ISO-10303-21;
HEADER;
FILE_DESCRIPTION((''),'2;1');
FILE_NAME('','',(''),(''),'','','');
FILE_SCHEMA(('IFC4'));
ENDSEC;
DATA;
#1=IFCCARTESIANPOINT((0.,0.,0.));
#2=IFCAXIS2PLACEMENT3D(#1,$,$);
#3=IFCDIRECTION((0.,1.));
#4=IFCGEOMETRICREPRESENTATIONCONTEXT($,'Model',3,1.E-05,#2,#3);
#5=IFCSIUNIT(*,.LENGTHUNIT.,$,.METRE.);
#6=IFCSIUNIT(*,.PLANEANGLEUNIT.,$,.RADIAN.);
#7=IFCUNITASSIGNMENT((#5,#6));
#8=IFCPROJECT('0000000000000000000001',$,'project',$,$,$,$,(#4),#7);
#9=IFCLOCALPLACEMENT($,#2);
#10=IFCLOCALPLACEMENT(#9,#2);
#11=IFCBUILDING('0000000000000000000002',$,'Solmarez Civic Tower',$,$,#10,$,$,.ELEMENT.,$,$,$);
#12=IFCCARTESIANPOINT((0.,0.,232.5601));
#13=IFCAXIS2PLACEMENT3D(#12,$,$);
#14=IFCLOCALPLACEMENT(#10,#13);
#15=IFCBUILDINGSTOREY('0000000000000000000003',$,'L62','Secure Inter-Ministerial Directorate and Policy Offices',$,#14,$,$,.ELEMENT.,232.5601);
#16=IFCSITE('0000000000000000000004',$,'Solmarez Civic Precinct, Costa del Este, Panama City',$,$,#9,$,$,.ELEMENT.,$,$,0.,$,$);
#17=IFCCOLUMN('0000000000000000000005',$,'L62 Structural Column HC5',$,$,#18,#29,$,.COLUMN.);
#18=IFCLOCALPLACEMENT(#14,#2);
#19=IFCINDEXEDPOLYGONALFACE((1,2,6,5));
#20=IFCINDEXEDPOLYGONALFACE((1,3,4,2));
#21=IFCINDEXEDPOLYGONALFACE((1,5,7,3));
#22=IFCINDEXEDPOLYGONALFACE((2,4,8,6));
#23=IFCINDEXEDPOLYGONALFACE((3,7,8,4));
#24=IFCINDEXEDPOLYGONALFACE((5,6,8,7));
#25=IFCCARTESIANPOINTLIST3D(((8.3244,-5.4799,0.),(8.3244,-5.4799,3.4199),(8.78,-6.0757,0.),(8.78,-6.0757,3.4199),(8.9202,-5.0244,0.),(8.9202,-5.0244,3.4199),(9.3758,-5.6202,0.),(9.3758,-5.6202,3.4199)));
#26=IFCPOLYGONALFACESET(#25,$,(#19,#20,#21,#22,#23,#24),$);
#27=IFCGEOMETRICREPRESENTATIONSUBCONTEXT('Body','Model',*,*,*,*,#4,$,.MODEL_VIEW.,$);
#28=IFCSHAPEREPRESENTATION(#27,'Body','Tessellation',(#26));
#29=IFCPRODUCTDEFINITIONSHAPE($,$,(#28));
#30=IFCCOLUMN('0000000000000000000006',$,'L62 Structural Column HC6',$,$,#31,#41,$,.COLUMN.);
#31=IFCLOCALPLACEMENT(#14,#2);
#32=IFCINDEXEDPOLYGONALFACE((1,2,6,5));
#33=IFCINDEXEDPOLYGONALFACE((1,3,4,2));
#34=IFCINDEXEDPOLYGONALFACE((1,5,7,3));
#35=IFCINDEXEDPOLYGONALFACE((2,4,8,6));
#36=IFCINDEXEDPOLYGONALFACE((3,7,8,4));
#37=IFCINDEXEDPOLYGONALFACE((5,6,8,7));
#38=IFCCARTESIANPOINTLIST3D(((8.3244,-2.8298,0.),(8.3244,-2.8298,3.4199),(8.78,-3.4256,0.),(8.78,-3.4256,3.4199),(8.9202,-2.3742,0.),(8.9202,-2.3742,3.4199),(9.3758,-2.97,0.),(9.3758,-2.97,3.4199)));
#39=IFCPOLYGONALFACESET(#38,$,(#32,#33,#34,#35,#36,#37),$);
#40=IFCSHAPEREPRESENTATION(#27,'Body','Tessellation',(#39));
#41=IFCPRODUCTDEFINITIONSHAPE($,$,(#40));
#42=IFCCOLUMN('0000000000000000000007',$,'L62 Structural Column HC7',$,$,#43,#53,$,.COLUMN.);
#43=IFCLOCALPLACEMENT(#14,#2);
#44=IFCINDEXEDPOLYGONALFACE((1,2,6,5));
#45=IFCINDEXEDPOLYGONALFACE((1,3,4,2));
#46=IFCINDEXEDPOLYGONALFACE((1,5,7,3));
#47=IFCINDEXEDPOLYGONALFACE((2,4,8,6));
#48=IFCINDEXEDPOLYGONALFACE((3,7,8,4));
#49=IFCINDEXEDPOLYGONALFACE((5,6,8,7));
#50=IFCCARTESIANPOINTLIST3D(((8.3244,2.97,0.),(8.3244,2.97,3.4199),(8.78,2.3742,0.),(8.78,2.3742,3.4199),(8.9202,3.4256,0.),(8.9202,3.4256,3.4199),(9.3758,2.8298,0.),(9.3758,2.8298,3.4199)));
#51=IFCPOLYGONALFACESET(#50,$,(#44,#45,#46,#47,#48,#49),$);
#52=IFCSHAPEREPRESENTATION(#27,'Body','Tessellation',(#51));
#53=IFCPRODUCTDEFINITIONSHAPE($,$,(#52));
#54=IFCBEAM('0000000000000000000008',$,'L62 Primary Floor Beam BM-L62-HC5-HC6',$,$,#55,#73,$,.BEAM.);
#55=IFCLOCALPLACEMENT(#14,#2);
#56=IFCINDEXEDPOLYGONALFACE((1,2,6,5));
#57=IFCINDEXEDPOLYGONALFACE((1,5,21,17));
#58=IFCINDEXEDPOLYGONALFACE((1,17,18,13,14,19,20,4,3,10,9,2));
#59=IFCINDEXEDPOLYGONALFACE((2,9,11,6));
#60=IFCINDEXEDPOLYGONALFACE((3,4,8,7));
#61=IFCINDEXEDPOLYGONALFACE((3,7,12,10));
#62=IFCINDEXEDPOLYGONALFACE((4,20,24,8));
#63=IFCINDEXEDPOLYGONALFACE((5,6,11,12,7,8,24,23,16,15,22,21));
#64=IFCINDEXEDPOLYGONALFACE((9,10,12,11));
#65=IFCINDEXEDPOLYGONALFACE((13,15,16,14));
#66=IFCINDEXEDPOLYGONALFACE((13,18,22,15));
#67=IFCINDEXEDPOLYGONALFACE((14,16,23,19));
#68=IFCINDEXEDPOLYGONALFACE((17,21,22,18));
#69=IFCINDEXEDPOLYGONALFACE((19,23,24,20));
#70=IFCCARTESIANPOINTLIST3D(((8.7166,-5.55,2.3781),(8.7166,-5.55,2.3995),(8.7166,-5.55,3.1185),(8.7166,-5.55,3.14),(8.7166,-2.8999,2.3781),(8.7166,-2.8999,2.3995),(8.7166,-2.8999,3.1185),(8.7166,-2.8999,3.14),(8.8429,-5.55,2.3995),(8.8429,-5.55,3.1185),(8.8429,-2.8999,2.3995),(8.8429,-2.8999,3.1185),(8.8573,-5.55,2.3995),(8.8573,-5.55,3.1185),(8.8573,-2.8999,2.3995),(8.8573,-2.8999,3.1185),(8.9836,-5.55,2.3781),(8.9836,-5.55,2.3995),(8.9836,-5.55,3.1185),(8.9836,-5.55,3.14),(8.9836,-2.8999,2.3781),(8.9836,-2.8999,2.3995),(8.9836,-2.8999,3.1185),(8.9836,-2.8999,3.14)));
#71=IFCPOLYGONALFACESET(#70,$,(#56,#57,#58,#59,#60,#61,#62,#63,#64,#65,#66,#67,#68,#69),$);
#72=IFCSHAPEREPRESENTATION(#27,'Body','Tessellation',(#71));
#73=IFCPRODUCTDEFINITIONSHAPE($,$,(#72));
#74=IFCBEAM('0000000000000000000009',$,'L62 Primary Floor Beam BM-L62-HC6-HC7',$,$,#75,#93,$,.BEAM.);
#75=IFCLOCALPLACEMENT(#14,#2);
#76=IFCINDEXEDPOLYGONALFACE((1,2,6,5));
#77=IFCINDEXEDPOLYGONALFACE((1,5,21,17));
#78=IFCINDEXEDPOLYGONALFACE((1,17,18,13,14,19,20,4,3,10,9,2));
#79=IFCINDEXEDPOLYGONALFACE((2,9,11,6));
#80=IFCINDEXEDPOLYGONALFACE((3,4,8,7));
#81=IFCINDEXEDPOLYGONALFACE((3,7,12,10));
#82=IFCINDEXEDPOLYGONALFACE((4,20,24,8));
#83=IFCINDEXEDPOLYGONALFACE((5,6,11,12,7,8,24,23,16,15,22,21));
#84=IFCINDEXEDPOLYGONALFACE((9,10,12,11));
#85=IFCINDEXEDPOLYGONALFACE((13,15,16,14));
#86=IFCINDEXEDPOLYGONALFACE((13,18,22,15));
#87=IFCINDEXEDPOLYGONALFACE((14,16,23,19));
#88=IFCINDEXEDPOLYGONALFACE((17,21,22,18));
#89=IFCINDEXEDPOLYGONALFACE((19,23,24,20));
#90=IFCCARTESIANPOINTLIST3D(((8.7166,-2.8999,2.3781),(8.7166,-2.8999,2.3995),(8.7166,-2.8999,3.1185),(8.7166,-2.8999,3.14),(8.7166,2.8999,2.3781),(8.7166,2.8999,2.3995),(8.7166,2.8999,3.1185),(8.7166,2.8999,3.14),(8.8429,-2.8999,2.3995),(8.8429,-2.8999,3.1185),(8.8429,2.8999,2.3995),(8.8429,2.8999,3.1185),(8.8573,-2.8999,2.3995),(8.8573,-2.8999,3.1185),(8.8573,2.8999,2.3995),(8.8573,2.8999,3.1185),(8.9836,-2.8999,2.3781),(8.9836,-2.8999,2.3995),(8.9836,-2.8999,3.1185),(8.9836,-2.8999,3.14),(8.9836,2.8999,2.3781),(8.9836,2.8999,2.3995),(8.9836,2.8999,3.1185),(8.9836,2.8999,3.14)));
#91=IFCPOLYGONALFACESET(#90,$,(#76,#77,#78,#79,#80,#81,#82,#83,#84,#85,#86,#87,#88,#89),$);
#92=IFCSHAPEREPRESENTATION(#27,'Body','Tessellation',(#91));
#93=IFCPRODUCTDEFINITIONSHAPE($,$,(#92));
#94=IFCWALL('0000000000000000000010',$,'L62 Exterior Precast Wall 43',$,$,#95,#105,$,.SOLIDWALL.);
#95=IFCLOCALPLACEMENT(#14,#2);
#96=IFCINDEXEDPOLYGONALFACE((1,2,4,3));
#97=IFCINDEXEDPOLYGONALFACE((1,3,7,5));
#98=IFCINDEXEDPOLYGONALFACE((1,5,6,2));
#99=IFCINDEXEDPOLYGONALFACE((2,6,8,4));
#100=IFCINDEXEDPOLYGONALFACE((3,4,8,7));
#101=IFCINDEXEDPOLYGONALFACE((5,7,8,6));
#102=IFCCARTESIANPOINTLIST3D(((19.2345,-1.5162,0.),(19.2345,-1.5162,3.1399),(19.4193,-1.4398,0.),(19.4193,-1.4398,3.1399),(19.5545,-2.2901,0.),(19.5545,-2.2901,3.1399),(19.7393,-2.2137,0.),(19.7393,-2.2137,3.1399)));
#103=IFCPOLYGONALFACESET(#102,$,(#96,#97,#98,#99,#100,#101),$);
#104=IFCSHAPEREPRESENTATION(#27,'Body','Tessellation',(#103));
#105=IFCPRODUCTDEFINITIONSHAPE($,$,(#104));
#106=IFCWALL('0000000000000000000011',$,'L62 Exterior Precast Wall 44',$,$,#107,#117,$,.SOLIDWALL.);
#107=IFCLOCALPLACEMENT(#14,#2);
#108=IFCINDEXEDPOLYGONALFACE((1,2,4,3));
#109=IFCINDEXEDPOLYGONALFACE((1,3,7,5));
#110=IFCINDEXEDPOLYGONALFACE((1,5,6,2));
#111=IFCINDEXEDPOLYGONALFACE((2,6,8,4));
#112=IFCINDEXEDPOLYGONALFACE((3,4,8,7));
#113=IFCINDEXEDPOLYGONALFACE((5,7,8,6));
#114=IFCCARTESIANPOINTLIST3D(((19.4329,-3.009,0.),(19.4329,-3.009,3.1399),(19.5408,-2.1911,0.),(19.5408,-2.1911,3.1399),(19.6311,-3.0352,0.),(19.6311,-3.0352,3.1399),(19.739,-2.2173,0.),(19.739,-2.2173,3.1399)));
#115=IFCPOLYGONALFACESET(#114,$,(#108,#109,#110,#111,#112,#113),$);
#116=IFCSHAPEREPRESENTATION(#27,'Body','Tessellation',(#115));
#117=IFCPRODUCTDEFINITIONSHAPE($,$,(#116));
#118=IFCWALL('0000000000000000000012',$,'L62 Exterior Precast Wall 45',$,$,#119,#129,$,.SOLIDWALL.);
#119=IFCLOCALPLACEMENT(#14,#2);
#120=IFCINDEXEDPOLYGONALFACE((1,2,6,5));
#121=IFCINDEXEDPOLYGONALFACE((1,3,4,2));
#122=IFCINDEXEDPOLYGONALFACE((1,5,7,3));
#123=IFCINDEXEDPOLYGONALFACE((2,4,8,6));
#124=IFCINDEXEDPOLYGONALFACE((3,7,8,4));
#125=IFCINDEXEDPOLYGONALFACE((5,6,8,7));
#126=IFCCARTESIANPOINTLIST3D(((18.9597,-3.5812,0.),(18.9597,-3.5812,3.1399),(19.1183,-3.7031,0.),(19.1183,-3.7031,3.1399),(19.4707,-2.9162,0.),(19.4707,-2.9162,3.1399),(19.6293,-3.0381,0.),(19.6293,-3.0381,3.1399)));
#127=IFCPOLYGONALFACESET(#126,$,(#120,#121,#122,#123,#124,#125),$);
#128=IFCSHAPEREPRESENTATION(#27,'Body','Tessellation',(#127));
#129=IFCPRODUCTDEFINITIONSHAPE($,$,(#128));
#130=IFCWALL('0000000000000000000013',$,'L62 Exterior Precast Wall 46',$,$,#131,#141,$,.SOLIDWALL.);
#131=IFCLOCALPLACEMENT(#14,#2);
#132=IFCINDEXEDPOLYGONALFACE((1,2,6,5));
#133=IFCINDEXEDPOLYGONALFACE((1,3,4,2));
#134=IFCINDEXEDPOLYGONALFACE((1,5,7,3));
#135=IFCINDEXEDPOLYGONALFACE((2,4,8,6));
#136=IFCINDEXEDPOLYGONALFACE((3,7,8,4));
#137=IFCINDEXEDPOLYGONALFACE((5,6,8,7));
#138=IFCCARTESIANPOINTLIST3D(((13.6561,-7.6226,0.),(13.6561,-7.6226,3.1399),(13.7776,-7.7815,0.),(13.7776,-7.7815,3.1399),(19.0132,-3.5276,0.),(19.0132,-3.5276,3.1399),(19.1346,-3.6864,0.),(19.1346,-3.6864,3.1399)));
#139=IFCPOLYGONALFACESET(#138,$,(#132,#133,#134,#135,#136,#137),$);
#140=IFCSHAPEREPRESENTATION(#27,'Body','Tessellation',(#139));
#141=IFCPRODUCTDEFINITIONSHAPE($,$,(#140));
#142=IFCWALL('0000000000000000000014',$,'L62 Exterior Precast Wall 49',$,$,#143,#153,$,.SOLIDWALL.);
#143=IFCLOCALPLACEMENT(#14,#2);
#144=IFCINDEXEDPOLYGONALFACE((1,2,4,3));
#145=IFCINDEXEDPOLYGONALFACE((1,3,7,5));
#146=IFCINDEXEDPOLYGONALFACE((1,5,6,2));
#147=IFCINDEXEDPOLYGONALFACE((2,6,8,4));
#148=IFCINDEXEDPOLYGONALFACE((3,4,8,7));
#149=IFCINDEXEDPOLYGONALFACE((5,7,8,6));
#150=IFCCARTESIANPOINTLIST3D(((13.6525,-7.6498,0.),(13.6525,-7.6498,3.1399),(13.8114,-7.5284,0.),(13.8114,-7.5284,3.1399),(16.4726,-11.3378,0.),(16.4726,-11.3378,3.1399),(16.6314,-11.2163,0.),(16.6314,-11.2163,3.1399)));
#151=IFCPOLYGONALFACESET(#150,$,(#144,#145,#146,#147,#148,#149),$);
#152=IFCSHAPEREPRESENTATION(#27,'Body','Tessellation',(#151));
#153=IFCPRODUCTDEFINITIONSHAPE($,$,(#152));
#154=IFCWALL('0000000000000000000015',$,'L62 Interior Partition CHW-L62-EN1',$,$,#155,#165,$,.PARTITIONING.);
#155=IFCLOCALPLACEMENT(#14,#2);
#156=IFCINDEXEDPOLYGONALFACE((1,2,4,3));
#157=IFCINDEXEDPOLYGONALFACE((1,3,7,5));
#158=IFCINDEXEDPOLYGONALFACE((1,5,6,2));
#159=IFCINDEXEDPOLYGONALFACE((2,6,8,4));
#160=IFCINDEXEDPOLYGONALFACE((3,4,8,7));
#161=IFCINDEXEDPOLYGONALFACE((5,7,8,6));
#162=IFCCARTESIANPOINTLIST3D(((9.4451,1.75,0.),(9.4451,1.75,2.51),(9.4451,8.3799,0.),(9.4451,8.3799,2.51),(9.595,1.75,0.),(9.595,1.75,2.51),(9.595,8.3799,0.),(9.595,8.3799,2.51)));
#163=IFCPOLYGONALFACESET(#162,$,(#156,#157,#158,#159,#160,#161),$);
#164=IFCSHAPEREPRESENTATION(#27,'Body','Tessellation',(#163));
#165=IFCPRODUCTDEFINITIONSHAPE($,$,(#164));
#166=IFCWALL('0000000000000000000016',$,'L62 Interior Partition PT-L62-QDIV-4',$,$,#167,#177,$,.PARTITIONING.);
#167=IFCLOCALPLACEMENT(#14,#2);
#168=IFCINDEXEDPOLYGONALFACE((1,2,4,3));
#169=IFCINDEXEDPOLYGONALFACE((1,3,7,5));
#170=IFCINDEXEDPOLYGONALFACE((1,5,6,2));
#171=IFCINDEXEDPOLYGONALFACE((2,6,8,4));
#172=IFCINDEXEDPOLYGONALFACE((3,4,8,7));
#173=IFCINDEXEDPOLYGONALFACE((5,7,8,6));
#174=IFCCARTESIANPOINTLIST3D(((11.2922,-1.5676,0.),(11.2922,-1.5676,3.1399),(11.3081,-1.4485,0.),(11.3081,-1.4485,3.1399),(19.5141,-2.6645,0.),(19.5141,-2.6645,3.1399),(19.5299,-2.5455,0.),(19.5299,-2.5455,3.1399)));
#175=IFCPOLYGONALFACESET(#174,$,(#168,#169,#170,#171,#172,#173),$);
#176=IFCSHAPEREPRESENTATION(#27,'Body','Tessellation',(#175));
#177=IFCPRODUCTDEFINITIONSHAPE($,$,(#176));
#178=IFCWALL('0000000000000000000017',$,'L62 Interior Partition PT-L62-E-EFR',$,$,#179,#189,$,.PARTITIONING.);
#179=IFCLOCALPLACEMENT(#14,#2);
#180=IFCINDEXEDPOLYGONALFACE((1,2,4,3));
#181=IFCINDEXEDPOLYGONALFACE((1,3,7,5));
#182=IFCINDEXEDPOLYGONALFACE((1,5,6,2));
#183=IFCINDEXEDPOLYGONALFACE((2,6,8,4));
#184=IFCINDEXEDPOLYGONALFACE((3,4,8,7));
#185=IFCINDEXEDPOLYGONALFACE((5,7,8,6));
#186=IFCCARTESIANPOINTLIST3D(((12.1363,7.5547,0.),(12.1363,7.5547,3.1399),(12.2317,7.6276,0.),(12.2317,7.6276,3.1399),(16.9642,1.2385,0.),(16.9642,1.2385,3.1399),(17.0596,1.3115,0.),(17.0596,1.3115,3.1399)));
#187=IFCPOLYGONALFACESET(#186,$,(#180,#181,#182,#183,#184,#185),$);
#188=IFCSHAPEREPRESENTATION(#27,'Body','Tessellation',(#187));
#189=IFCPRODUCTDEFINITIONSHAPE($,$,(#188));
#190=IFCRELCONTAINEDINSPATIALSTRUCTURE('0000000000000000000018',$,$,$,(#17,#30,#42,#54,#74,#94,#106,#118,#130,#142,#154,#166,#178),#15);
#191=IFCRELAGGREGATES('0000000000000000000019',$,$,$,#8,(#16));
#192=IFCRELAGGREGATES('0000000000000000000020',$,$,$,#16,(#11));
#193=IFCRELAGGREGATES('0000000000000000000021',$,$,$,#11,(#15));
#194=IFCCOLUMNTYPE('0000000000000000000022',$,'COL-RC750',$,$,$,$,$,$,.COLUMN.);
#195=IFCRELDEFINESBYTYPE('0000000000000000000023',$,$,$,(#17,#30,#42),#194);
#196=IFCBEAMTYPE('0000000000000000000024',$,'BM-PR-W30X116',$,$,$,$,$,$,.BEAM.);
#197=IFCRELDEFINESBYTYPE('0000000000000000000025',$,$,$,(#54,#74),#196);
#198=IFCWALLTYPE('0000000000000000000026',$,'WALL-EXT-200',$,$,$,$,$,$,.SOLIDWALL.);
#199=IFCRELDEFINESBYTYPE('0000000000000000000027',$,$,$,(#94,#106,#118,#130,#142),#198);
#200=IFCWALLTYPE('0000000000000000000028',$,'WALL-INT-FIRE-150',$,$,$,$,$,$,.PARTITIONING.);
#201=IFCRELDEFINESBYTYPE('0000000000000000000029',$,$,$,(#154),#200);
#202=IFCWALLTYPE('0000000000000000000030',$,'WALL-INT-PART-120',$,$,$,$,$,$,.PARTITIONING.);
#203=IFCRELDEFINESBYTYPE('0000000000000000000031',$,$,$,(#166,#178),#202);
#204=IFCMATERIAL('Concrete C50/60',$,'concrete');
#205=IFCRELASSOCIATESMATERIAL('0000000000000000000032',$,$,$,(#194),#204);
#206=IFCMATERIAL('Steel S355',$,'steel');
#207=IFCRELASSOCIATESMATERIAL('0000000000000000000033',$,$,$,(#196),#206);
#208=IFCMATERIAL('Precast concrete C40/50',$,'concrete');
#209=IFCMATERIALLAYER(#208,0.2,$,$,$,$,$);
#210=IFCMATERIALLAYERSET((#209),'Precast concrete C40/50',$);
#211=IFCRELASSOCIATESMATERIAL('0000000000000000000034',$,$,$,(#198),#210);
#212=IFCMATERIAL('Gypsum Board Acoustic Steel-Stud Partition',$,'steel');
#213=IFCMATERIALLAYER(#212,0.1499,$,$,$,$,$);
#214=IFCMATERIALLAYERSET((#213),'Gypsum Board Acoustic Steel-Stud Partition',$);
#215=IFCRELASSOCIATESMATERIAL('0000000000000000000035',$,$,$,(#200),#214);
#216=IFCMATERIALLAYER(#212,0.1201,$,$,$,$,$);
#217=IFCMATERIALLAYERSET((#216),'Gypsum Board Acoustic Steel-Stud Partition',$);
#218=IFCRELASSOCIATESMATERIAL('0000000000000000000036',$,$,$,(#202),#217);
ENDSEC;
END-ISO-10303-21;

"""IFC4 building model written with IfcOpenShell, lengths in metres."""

from ifc_helpers import new_model, si_unit, direction, frame, frame_2d, origin, origin_2d, place, context, subcontext, project, spatial, rectangle, i_section, extrude, material, layer, layer_set, material_profile, profile_set, type_object, element, save


model = new_model("IFC4")

# Units and contexts
model_context = context("Model", 3, precision=1e-05, world=origin(), true_north=direction((0.0, 1.0)))
body_context = subcontext(model_context, "Body", "Model", "MODEL_VIEW")
ifc_project = project(units=[si_unit("LENGTHUNIT", "METRE"), si_unit("PLANEANGLEUNIT", "RADIAN")], contexts=[model_context])

# Site, building, storey
site_placement = place(None, origin())
site = spatial("IfcSite", under=ifc_project, at=site_placement, Name="Solmarez Civic Precinct, Costa del Este, Panama City", CompositionType="ELEMENT", RefElevation=0.0)
building_placement = place(site_placement, origin())
building = spatial("IfcBuilding", under=site, at=building_placement, Name="Solmarez Civic Tower", CompositionType="ELEMENT")
storey_placement = place(building_placement, frame((0.0, 0.0, 232.5601)))
storey = spatial("IfcBuildingStorey", under=building, at=storey_placement, Name="L62", Description="Secure Inter-Ministerial Directorate and Policy Offices", CompositionType="ELEMENT", Elevation=232.5601)

# Columns
ifc_material_1 = material(Name="Concrete C50/60", Category="concrete")
ifc_material_profile_1 = material_profile(ifc_material_1, rectangle(XDim=0.75, YDim=0.75, at=origin_2d()), Name="RC750X750")
ifc_profile_set_1 = profile_set([ifc_material_profile_1], Name="Concrete C50/60")
column_type = type_object("IfcColumnType", Name="COL-RC750", PredefinedType="COLUMN", material=ifc_profile_set_1)
for number, where, z_axis, x_axis, name in (
    (1, (8.8501, -5.55, 0.0), (0.0, 0.0, 1.0), (0.794415, 0.607376, 0.0), "L62 Structural Column HC5"),
    (2, (8.8501, -2.8999, 0.0), (0.0, 0.0, 1.0), (0.794415, 0.607376, 0.0), "L62 Structural Column HC6"),
    (3, (8.8501, 2.8999, 0.0), (0.0, 0.0, 1.0), (0.794415, 0.607376, 0.0), "L62 Structural Column HC7"),
):
    element("IfcColumn", number, at=place(storey_placement, frame(where, z_axis=z_axis, x_axis=x_axis)), inside=storey, type_object=column_type, Name=name, PredefinedType="COLUMN", context=body_context, shape_type="SweptSolid", body=[
        extrude(rectangle(XDim=0.75, YDim=0.75, at=origin_2d()), origin(), (0.0, 0.0, 1.0), 3.4199),
    ])

# Beams
ifc_material_2 = material(Name="Steel S355", Category="steel")
ifc_material_profile_2 = material_profile(ifc_material_2, i_section(OverallWidth=0.2671, OverallDepth=0.762, WebThickness=0.0144, FlangeThickness=0.0215, at=origin_2d()), Name="W30X116")
ifc_profile_set_2 = profile_set([ifc_material_profile_2], Name="Steel S355")
beam_type = type_object("IfcBeamType", Name="BM-PR-W30X116", PredefinedType="BEAM", material=ifc_profile_set_2)
beam_1_placement = place(storey_placement, frame((8.8501, -5.55, 2.759), z_axis=(0.0, 1.0, 0.0), x_axis=(-1.0, 0.0, 0.0)))
element("IfcBeam", 4, at=beam_1_placement, inside=storey, type_object=beam_type, Name="L62 Primary Floor Beam BM-L62-HC5-HC6", PredefinedType="BEAM", context=body_context, shape_type="SweptSolid", body=[
    extrude(i_section(OverallWidth=0.2671, OverallDepth=0.762, WebThickness=0.0144, FlangeThickness=0.0215, at=origin_2d()), origin(), (0.0, 0.0, 1.0), 2.6501),
])
beam_2_placement = place(storey_placement, frame((8.8501, -2.8999, 2.759), z_axis=(0.0, 1.0, 0.0), x_axis=(-1.0, 0.0, 0.0)))
element("IfcBeam", 5, at=beam_2_placement, inside=storey, type_object=beam_type, Name="L62 Primary Floor Beam BM-L62-HC6-HC7", PredefinedType="BEAM", context=body_context, shape_type="SweptSolid", body=[
    extrude(i_section(OverallWidth=0.2671, OverallDepth=0.762, WebThickness=0.0144, FlangeThickness=0.0215, at=origin_2d()), origin(), (0.0, 0.0, 1.0), 5.7998),
])

# Walls
ifc_material_3 = material(Name="Precast concrete C40/50", Category="concrete")
ifc_layer_1 = layer(ifc_material_3, 0.2)
ifc_layer_set_1 = layer_set([ifc_layer_1], Name="Precast concrete C40/50")
wall_type_1 = type_object("IfcWallType", Name="WALL-EXT-200", PredefinedType="SOLIDWALL", material=ifc_layer_set_1)
wall_1_placement = place(storey_placement, frame((19.3269, -1.478, 0.0), z_axis=(0.0, 0.0, 1.0), x_axis=(0.382172, -0.924091, 0.0)))
element("IfcWall", 6, at=wall_1_placement, inside=storey, type_object=wall_type_1, Name="L62 Exterior Precast Wall 43", PredefinedType="SOLIDWALL", context=body_context, shape_type="SweptSolid", body=[
    extrude(rectangle(XDim=0.8374, YDim=0.2, at=frame_2d((0.4187, 0.0))), origin(), (0.0, 0.0, 1.0), 3.1399),
])
wall_2_placement = place(storey_placement, frame((19.6399, -2.2041, 0.0), z_axis=(0.0, 0.0, 1.0), x_axis=(-0.130807, -0.991408, 0.0)))
element("IfcWall", 7, at=wall_2_placement, inside=storey, type_object=wall_type_1, Name="L62 Exterior Precast Wall 44", PredefinedType="SOLIDWALL", context=body_context, shape_type="SweptSolid", body=[
    extrude(rectangle(XDim=0.825, YDim=0.2, at=frame_2d((0.4126, 0.0))), origin(), (0.0, 0.0, 1.0), 3.1399),
])
wall_3_placement = place(storey_placement, frame((19.55, -2.9771, 0.0), z_axis=(0.0, 0.0, 1.0), x_axis=(-0.609275, -0.792959, 0.0)))
element("IfcWall", 8, at=wall_3_placement, inside=storey, type_object=wall_type_1, Name="L62 Exterior Precast Wall 45", PredefinedType="SOLIDWALL", context=body_context, shape_type="SweptSolid", body=[
    extrude(rectangle(XDim=0.8386, YDim=0.2, at=frame_2d((0.4194, 0.0))), origin(), (0.0, 0.0, 1.0), 3.1399),
])
wall_4_placement = place(storey_placement, frame((19.074, -3.6069, 0.0), z_axis=(0.0, 0.0, 1.0), x_axis=(-0.794466, -0.607309, 0.0)))
element("IfcWall", 9, at=wall_4_placement, inside=storey, type_object=wall_type_1, Name="L62 Exterior Precast Wall 46", PredefinedType="SOLIDWALL", context=body_context, shape_type="SweptSolid", body=[
    extrude(rectangle(XDim=6.7429, YDim=0.2, at=frame_2d((3.3716, 0.0))), origin(), (0.0, 0.0, 1.0), 3.1399),
])
wall_5_placement = place(storey_placement, frame((13.7319, -7.5891, 0.0), z_axis=(0.0, 0.0, 1.0), x_axis=(0.607429, -0.794374, 0.0)))
element("IfcWall", 10, at=wall_5_placement, inside=storey, type_object=wall_type_1, Name="L62 Exterior Precast Wall 49", PredefinedType="SOLIDWALL", context=body_context, shape_type="SweptSolid", body=[
    extrude(rectangle(XDim=4.6426, YDim=0.2, at=frame_2d((2.3213, 0.0))), origin(), (0.0, 0.0, 1.0), 3.1399),
])
ifc_material_4 = material(Name="Gypsum Board Acoustic Steel-Stud Partition", Category="steel")
ifc_layer_2 = layer(ifc_material_4, 0.1499)
ifc_layer_set_2 = layer_set([ifc_layer_2], Name="Gypsum Board Acoustic Steel-Stud Partition")
wall_type_2 = type_object("IfcWallType", Name="WALL-INT-FIRE-150", PredefinedType="PARTITIONING", material=ifc_layer_set_2)
wall_6_placement = place(storey_placement, frame((9.52, 1.75, 0.0), z_axis=(0.0, 0.0, 1.0), x_axis=(0.0, 1.0, 0.0)))
element("IfcWall", 11, at=wall_6_placement, inside=storey, type_object=wall_type_2, Name="L62 Interior Partition CHW-L62-EN1", PredefinedType="PARTITIONING", context=body_context, shape_type="SweptSolid", body=[
    extrude(rectangle(XDim=6.6299, YDim=0.1499, at=frame_2d((3.3149, 0.0))), origin(), (0.0, 0.0, 1.0), 2.51),
])
ifc_layer_3 = layer(ifc_material_4, 0.1201)
ifc_layer_set_3 = layer_set([ifc_layer_3], Name="Gypsum Board Acoustic Steel-Stud Partition")
wall_type_3 = type_object("IfcWallType", Name="WALL-INT-PART-120", PredefinedType="PARTITIONING", material=ifc_layer_set_3)
wall_7_placement = place(storey_placement, frame((11.3, -1.5081, 0.0), z_axis=(0.0, 0.0, 1.0), x_axis=(0.991217, -0.132243, 0.0)))
element("IfcWall", 12, at=wall_7_placement, inside=storey, type_object=wall_type_3, Name="L62 Interior Partition PT-L62-QDIV-4", PredefinedType="PARTITIONING", context=body_context, shape_type="SweptSolid", body=[
    extrude(rectangle(XDim=8.2947, YDim=0.1201, at=frame_2d((4.1475, 0.0))), origin(), (0.0, 0.0, 1.0), 3.1399),
])
wall_8_placement = place(storey_placement, frame((17.012, 1.2749, 0.0), z_axis=(0.0, 0.0, 1.0), x_axis=(-0.607281, 0.794487, 0.0)))
element("IfcWall", 13, at=wall_8_placement, inside=storey, type_object=wall_type_3, Name="L62 Interior Partition PT-L62-E-EFR", PredefinedType="PARTITIONING", context=body_context, shape_type="SweptSolid", body=[
    extrude(rectangle(XDim=7.95, YDim=0.1201, at=frame_2d((3.9751, 0.0))), origin(), (0.0, 0.0, 1.0), 3.1399),
])

save(model, "model.ifc")
